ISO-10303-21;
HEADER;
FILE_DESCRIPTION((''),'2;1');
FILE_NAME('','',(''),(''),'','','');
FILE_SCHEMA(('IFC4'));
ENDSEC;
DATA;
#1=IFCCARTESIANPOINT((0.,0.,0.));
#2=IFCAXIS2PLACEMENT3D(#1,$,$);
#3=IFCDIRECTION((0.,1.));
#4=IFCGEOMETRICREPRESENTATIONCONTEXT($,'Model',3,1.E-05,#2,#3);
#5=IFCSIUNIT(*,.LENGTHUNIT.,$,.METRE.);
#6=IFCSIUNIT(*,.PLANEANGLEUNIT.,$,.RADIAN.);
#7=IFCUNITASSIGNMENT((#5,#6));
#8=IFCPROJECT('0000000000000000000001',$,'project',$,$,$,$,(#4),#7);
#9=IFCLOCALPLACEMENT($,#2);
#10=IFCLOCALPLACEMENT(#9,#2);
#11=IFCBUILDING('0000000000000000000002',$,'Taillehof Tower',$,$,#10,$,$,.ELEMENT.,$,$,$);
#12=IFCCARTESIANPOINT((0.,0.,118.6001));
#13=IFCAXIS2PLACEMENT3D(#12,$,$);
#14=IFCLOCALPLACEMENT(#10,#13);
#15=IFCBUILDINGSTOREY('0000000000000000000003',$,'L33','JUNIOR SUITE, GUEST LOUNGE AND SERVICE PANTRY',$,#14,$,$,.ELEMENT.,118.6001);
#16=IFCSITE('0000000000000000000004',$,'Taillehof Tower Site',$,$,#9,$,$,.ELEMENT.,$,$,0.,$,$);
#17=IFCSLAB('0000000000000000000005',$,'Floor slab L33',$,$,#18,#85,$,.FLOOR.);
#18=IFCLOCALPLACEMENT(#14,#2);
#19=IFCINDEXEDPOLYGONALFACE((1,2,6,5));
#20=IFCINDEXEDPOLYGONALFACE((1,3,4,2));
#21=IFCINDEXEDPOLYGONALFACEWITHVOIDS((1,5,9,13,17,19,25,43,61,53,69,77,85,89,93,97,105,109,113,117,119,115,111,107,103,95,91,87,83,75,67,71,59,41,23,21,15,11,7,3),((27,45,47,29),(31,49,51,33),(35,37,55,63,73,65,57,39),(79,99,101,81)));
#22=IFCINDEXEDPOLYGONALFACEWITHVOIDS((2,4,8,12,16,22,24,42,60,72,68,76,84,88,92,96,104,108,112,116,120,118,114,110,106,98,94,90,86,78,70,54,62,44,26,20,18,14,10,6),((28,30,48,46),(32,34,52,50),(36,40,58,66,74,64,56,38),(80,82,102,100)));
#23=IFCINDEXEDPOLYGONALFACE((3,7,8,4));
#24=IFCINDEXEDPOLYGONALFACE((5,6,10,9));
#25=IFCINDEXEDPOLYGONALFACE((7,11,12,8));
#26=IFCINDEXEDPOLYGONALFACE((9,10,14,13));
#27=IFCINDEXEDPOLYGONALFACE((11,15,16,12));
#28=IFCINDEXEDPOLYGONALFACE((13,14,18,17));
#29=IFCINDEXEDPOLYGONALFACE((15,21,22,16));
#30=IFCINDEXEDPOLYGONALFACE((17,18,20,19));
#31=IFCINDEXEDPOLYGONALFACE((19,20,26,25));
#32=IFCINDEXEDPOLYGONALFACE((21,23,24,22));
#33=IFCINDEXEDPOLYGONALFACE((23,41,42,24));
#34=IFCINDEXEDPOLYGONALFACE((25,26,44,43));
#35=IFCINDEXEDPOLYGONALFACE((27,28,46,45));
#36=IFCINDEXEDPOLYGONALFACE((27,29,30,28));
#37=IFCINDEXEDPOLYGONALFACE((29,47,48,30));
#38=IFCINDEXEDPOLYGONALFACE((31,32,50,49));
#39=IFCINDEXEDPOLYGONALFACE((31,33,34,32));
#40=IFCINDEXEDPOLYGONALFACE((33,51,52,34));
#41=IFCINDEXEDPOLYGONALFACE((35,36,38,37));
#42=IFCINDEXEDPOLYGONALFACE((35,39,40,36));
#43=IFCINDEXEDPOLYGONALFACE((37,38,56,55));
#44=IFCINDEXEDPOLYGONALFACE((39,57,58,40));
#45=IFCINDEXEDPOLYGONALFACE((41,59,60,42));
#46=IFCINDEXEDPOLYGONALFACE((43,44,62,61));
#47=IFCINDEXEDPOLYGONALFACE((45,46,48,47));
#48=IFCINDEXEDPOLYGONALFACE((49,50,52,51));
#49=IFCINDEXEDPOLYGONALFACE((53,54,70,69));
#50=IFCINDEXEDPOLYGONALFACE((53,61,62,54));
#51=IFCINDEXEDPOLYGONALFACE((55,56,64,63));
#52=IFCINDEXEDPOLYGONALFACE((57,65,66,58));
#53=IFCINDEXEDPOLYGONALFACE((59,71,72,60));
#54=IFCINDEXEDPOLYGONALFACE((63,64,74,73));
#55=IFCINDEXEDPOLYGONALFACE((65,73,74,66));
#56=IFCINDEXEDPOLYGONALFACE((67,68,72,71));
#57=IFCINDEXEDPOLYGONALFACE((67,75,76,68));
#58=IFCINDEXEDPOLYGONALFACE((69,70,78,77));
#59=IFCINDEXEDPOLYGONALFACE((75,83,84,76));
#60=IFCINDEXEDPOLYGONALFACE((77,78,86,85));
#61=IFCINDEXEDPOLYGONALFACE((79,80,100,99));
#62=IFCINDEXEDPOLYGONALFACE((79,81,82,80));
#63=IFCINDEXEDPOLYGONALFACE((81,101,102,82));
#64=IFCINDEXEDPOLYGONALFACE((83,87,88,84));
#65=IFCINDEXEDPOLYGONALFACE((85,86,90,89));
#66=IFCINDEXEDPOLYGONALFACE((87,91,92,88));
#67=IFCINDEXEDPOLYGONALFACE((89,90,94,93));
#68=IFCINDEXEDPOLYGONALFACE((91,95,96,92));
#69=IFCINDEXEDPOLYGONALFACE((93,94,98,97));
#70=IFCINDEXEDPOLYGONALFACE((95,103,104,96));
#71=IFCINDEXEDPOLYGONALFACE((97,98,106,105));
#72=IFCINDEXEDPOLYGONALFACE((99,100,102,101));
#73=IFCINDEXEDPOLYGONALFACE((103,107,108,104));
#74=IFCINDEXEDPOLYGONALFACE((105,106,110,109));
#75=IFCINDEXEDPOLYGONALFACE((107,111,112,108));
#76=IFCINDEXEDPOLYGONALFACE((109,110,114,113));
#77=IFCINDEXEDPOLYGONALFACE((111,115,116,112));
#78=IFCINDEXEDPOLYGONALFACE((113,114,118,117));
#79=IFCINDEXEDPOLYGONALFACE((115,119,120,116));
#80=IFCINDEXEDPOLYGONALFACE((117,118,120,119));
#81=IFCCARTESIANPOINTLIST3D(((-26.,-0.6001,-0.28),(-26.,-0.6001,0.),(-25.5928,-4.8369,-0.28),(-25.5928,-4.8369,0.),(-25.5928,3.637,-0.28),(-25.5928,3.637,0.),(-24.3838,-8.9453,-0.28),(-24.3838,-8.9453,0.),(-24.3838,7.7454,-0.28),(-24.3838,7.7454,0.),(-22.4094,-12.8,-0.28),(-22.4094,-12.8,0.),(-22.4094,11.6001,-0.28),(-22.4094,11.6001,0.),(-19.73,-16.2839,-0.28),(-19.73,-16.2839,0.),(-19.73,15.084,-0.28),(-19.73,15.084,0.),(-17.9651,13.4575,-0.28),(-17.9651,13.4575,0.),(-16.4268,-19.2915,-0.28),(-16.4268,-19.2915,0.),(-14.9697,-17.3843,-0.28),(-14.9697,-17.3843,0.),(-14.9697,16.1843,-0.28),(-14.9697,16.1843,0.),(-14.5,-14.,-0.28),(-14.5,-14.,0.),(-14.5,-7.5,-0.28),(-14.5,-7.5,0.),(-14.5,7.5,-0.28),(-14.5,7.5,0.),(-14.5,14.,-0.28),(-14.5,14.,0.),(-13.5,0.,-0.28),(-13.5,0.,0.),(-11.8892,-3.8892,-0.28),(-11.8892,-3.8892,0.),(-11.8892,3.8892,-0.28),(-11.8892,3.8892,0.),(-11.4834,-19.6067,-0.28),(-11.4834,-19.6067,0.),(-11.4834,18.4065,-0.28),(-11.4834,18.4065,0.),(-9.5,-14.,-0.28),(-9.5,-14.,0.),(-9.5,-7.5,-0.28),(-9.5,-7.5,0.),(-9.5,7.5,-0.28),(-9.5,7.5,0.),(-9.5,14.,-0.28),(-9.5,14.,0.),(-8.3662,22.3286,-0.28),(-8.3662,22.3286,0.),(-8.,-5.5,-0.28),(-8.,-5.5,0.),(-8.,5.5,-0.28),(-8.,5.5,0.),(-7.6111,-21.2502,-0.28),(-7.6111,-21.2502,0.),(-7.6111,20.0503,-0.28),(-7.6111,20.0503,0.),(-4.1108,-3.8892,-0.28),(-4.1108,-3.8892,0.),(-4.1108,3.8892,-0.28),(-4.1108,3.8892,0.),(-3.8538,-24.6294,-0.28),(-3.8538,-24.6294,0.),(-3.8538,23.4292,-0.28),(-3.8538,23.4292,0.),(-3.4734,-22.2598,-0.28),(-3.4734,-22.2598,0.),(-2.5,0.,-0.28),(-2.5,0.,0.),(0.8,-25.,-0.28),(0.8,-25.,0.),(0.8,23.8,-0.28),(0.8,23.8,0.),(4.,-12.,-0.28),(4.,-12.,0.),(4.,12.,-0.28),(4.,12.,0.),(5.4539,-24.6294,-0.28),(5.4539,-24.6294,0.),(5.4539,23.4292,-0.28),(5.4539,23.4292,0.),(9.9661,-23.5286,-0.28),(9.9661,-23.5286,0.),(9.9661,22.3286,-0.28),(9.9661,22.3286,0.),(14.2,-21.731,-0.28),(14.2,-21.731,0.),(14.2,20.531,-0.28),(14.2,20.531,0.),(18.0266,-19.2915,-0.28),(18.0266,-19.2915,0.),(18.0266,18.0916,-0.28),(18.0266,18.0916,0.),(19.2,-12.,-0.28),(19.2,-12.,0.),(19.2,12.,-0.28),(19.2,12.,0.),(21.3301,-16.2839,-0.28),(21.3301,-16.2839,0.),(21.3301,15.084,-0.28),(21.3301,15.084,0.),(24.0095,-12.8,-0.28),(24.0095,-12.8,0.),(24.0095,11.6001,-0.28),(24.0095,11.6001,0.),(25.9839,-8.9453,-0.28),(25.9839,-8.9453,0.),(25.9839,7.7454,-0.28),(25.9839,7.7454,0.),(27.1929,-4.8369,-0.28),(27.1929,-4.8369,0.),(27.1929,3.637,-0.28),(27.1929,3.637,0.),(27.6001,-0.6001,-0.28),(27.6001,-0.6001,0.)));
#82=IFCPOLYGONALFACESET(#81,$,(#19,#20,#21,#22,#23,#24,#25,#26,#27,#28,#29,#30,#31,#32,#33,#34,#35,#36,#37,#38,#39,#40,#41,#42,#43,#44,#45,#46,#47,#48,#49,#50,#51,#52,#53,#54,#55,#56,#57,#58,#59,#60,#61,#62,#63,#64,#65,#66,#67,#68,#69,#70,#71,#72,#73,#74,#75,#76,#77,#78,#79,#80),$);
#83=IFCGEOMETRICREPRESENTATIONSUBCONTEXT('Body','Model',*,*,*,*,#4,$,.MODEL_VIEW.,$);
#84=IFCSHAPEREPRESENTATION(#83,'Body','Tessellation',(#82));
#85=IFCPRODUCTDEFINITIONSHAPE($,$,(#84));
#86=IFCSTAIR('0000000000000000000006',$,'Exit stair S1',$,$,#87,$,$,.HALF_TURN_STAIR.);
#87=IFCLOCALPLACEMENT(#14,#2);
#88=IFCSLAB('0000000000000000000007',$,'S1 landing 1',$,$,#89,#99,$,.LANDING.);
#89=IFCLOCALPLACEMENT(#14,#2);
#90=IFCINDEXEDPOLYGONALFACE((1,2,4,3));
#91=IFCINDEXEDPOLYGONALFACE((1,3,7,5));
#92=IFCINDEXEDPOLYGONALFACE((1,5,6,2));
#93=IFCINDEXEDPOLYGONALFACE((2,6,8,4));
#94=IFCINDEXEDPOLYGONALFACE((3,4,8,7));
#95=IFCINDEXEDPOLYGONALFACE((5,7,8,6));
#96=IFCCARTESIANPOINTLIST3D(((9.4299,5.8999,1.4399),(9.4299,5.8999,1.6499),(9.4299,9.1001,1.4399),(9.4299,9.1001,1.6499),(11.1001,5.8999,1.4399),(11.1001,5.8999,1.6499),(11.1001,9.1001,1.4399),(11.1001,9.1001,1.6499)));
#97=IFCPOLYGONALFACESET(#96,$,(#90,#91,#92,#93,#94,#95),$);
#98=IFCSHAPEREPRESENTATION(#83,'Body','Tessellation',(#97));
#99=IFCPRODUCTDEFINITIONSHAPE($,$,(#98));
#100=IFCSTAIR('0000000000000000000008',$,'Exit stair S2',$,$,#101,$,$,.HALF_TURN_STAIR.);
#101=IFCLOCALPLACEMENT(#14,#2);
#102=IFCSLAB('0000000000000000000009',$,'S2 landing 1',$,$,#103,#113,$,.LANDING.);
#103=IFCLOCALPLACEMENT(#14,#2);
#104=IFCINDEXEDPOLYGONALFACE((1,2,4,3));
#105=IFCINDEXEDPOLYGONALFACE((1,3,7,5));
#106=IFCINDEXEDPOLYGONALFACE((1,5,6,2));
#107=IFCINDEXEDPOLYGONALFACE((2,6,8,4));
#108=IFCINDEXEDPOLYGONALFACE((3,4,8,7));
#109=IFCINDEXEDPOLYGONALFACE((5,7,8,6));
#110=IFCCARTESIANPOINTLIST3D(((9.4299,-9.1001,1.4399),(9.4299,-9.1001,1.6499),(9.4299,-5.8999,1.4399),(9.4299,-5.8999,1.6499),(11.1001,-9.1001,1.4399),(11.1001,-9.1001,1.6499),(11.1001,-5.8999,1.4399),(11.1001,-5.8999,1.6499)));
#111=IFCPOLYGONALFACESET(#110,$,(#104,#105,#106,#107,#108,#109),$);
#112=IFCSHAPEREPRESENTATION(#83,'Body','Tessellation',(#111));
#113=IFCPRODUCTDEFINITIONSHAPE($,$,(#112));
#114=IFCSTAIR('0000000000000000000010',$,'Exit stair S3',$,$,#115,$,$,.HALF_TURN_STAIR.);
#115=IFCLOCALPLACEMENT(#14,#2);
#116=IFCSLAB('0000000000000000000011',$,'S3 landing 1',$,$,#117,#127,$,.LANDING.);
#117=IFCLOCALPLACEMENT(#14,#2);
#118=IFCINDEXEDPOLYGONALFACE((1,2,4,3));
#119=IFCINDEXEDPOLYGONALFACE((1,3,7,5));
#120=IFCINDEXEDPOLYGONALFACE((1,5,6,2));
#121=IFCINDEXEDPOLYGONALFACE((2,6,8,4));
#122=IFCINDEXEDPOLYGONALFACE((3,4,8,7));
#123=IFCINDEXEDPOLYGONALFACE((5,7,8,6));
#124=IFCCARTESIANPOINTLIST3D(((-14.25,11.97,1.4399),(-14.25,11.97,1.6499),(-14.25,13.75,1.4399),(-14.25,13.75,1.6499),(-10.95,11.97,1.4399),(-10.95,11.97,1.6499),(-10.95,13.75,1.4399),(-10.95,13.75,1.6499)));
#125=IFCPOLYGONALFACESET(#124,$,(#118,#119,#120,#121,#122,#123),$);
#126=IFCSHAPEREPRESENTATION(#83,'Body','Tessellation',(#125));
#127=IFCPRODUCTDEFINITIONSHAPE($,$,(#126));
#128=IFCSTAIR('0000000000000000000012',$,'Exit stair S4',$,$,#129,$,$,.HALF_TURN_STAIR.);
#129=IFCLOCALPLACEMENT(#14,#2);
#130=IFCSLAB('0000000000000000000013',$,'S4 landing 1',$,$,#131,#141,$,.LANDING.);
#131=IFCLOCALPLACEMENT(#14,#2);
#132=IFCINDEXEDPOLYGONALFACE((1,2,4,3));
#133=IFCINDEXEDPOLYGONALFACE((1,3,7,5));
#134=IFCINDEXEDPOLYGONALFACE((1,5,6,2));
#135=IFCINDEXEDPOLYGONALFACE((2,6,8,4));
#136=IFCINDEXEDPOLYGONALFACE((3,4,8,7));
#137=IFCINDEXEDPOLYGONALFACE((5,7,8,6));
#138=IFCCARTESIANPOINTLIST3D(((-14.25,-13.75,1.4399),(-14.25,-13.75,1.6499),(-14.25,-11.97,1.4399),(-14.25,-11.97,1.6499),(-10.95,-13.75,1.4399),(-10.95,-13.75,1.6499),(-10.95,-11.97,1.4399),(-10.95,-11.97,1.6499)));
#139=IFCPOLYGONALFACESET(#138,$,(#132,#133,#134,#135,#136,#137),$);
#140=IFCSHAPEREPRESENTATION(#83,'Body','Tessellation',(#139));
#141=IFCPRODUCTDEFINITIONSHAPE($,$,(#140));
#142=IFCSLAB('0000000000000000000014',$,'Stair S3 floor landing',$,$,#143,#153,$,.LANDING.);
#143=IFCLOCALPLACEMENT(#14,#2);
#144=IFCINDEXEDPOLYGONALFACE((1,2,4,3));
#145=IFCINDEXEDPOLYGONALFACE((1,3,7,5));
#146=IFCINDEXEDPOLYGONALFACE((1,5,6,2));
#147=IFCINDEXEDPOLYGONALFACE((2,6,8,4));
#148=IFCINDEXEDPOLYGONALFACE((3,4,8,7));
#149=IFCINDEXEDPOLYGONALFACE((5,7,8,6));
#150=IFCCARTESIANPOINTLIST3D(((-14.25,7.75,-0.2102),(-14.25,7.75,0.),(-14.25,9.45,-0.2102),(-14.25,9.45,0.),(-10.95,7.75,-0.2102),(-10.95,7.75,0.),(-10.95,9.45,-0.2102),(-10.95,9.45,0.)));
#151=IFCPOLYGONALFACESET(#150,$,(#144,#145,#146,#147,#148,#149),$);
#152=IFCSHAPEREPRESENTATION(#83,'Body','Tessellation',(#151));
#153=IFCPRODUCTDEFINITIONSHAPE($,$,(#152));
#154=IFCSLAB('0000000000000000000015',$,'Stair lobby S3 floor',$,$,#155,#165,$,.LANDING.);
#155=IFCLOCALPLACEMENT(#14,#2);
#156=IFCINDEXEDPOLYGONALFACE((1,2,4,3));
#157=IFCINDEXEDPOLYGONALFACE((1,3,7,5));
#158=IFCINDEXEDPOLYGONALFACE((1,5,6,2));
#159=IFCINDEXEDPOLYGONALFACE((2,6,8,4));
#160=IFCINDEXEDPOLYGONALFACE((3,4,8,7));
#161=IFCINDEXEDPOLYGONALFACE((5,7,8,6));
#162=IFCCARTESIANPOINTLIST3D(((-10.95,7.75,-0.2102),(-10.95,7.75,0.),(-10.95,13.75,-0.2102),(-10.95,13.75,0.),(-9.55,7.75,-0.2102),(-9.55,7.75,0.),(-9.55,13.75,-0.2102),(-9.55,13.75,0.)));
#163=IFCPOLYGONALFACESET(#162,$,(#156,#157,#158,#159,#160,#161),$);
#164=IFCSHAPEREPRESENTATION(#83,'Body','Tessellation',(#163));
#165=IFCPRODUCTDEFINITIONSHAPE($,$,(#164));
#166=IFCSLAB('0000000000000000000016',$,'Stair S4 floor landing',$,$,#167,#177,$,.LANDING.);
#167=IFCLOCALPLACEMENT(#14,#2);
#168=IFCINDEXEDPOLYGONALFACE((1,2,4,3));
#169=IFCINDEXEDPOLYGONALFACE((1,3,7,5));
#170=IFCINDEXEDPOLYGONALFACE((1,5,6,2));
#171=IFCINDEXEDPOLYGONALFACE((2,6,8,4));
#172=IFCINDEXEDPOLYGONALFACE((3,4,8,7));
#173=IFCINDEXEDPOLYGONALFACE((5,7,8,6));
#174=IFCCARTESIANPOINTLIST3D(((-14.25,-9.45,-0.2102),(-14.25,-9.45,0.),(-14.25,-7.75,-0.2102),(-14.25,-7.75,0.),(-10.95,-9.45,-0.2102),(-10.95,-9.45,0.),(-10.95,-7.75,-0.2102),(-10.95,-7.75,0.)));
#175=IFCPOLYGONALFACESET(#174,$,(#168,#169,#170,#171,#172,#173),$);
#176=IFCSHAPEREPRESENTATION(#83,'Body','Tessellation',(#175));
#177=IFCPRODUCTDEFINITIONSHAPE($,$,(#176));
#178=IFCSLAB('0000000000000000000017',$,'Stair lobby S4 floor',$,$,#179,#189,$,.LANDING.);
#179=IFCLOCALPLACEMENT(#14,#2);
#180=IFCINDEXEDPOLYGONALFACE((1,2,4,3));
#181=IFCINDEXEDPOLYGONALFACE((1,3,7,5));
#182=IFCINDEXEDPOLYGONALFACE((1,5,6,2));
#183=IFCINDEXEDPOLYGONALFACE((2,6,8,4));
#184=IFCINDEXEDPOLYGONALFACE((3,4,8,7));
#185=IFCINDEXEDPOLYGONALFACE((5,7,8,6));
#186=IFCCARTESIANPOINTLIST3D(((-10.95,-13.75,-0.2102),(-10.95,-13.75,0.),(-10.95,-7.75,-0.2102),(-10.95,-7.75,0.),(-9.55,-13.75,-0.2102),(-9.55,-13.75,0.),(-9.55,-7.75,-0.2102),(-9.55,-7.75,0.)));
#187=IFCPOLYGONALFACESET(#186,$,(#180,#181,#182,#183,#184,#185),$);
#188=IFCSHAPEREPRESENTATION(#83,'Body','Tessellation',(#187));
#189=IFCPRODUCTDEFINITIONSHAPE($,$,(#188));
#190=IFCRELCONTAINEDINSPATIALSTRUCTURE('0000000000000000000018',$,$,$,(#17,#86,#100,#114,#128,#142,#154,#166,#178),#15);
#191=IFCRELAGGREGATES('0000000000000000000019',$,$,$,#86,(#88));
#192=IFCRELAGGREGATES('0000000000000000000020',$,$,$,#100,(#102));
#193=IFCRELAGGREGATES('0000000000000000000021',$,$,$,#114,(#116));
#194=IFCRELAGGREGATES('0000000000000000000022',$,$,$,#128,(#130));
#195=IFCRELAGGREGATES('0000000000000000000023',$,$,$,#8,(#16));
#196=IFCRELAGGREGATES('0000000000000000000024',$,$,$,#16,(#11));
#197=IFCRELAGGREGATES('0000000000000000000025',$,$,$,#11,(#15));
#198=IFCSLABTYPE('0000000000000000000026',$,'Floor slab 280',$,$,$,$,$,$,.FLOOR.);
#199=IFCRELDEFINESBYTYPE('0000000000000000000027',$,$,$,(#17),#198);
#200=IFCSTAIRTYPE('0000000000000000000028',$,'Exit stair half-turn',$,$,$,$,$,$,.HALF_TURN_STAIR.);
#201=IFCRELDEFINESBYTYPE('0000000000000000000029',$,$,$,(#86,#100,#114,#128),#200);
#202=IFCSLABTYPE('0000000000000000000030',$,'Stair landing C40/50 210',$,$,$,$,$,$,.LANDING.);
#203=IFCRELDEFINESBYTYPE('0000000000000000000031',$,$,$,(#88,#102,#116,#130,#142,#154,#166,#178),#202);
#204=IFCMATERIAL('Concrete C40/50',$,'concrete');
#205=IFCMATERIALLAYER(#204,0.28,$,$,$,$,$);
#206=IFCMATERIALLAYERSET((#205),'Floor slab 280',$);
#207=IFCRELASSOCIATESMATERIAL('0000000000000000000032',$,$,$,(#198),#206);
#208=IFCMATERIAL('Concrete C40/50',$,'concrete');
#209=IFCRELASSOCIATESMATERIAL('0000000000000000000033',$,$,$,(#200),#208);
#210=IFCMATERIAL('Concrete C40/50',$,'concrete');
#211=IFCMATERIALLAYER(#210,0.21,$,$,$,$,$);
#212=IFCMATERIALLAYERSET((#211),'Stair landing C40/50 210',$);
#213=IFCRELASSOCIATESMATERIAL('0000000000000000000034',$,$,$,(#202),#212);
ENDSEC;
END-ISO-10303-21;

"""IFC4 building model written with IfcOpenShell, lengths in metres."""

from ifc_helpers import new_model, si_unit, direction, frame, origin, place, context, subcontext, project, spatial, polyline, outline, extrude, material, layer, layer_set, type_object, element, aggregate, save


model = new_model("IFC4")

# Units and contexts
model_context = context("Model", 3, precision=1e-05, world=origin(), true_north=direction((0.0, 1.0)))
body_context = subcontext(model_context, "Body", "Model", "MODEL_VIEW")
ifc_project = project(units=[si_unit("LENGTHUNIT", "METRE"), si_unit("PLANEANGLEUNIT", "RADIAN")], contexts=[model_context])

# Site, building, storey
site_placement = place(None, origin())
site = spatial("IfcSite", under=ifc_project, at=site_placement, Name="Taillehof Tower Site", CompositionType="ELEMENT", RefElevation=0.0)
building_placement = place(site_placement, origin())
building = spatial("IfcBuilding", under=site, at=building_placement, Name="Taillehof Tower", CompositionType="ELEMENT")
storey_placement = place(building_placement, frame((0.0, 0.0, 118.6001)))
storey = spatial("IfcBuildingStorey", under=building, at=storey_placement, Name="L33", Description="JUNIOR SUITE, GUEST LOUNGE AND SERVICE PANTRY", CompositionType="ELEMENT", Elevation=118.6001)

# Slab
ifc_material_1 = material(Name="Concrete C40/50", Category="concrete")
ifc_layer_1 = layer(ifc_material_1, 0.28)
ifc_layer_set_1 = layer_set([ifc_layer_1], Name="Floor slab 280")
slab_type_1 = type_object("IfcSlabType", Name="Floor slab 280", PredefinedType="FLOOR", material=ifc_layer_set_1)
slab_1_placement = place(storey_placement, frame((0.0, 0.0, -0.28)))
element("IfcSlab", 1, at=slab_1_placement, inside=storey, type_object=slab_type_1, Name="Floor slab L33", PredefinedType="FLOOR", context=body_context, shape_type="SweptSolid", body=[
    extrude(outline(polyline([(27.6001, -0.6001), (27.1929, 3.637), (25.9839, 7.7454), (24.0095, 11.6001), (21.3301, 15.084), (18.0266, 18.0916), (14.2, 20.531), (9.9661, 22.3286), (5.4539, 23.4292), (0.8, 23.8), (-3.8538, 23.4292), (-8.3662, 22.3286), (-7.6111, 20.0503), (-11.4834, 18.4065), (-14.9697, 16.1843), (-17.9651, 13.4575), (-19.73, 15.084), (-22.4094, 11.6001), (-24.3838, 7.7454), (-25.5928, 3.637), (-26.0, -0.6001), (-25.5928, -4.8369), (-24.3838, -8.9453), (-22.4094, -12.8), (-19.73, -16.2839), (-16.4268, -19.2915), (-14.9697, -17.3843), (-11.4834, -19.6067), (-7.6111, -21.2502), (-3.4734, -22.2598), (-3.8538, -24.6294), (0.8, -25.0), (5.4539, -24.6294), (9.9661, -23.5286), (14.2, -21.731), (18.0266, -19.2915), (21.3301, -16.2839), (24.0095, -12.8), (25.9839, -8.9453), (27.1929, -4.8369), (27.6001, -0.6001)]), holes=[polyline([(-14.5, -7.5), (-9.5, -7.5), (-9.5, -14.0), (-14.5, -14.0), (-14.5, -7.5)]), polyline([(-8.0, -5.5), (-11.8892, -3.8892), (-13.5, 0.0), (-11.8892, 3.8892), (-8.0, 5.5), (-4.1108, 3.8892), (-2.5, 0.0), (-4.1108, -3.8892), (-8.0, -5.5)]), polyline([(19.2, 12.0), (19.2, -12.0), (4.0, -12.0), (4.0, 12.0), (19.2, 12.0)]), polyline([(-14.5, 14.0), (-9.5, 14.0), (-9.5, 7.5), (-14.5, 7.5), (-14.5, 14.0)])]), origin(), (0.0, 0.0, 1.0), 0.28),
])

# Stairs, slabs
ifc_material_2 = material(Name="Concrete C40/50", Category="concrete")
stair_type = type_object("IfcStairType", Name="Exit stair half-turn", PredefinedType="HALF_TURN_STAIR", material=ifc_material_2)
stair_1_placement = place(storey_placement, origin())
stair_1 = element("IfcStair", 2, at=stair_1_placement, inside=storey, type_object=stair_type, Name="Exit stair S1", PredefinedType="HALF_TURN_STAIR")
ifc_material_3 = material(Name="Concrete C40/50", Category="concrete")
ifc_layer_2 = layer(ifc_material_3, 0.21)
ifc_layer_set_2 = layer_set([ifc_layer_2], Name="Stair landing C40/50 210")
slab_type_2 = type_object("IfcSlabType", Name="Stair landing C40/50 210", PredefinedType="LANDING", material=ifc_layer_set_2)
slab_2_placement = place(storey_placement, frame((0.0, 0.0, 1.4399)))
slab_2 = element("IfcSlab", 3, at=slab_2_placement, type_object=slab_type_2, Name="S1 landing 1", PredefinedType="LANDING", context=body_context, shape_type="SweptSolid", body=[
    extrude(outline(polyline([(9.4299, 5.8999), (11.1001, 5.8999), (11.1001, 9.1001), (9.4299, 9.1001), (9.4299, 5.8999)])), origin(), (0.0, 0.0, 1.0), 0.21),
])
aggregate(stair_1, [slab_2])
stair_2_placement = place(storey_placement, origin())
stair_2 = element("IfcStair", 4, at=stair_2_placement, inside=storey, type_object=stair_type, Name="Exit stair S2", PredefinedType="HALF_TURN_STAIR")
slab_3_placement = place(storey_placement, frame((0.0, 0.0, 1.4399)))
slab_3 = element("IfcSlab", 5, at=slab_3_placement, type_object=slab_type_2, Name="S2 landing 1", PredefinedType="LANDING", context=body_context, shape_type="SweptSolid", body=[
    extrude(outline(polyline([(9.4299, -5.8999), (11.1001, -5.8999), (11.1001, -9.1001), (9.4299, -9.1001), (9.4299, -5.8999)])), origin(), (0.0, 0.0, 1.0), 0.21),
])
aggregate(stair_2, [slab_3])
stair_3_placement = place(storey_placement, origin())
stair_3 = element("IfcStair", 6, at=stair_3_placement, inside=storey, type_object=stair_type, Name="Exit stair S3", PredefinedType="HALF_TURN_STAIR")
slab_4_placement = place(storey_placement, frame((0.0, 0.0, 1.4399)))
slab_4 = element("IfcSlab", 7, at=slab_4_placement, type_object=slab_type_2, Name="S3 landing 1", PredefinedType="LANDING", context=body_context, shape_type="SweptSolid", body=[
    extrude(outline(polyline([(-14.25, 11.97), (-14.25, 13.75), (-10.95, 13.75), (-10.95, 11.97), (-14.25, 11.97)])), origin(), (0.0, 0.0, 1.0), 0.21),
])
aggregate(stair_3, [slab_4])
stair_4_placement = place(storey_placement, origin())
stair_4 = element("IfcStair", 8, at=stair_4_placement, inside=storey, type_object=stair_type, Name="Exit stair S4", PredefinedType="HALF_TURN_STAIR")
slab_5_placement = place(storey_placement, frame((0.0, 0.0, 1.4399)))
slab_5 = element("IfcSlab", 9, at=slab_5_placement, type_object=slab_type_2, Name="S4 landing 1", PredefinedType="LANDING", context=body_context, shape_type="SweptSolid", body=[
    extrude(outline(polyline([(-14.25, -11.97), (-14.25, -13.75), (-10.95, -13.75), (-10.95, -11.97), (-14.25, -11.97)])), origin(), (0.0, 0.0, 1.0), 0.21),
])
aggregate(stair_4, [slab_5])

# Slabs
slab_6_placement = place(storey_placement, frame((0.0, 0.0, -0.2102)))
element("IfcSlab", 10, at=slab_6_placement, inside=storey, type_object=slab_type_2, Name="Stair S3 floor landing", PredefinedType="LANDING", context=body_context, shape_type="SweptSolid", body=[
    extrude(outline(polyline([(-14.25, 7.75), (-14.25, 9.45), (-10.95, 9.45), (-10.95, 7.75), (-14.25, 7.75)])), origin(), (0.0, 0.0, 1.0), 0.2102),
])
slab_7_placement = place(storey_placement, frame((0.0, 0.0, -0.2102)))
element("IfcSlab", 11, at=slab_7_placement, inside=storey, type_object=slab_type_2, Name="Stair lobby S3 floor", PredefinedType="LANDING", context=body_context, shape_type="SweptSolid", body=[
    extrude(outline(polyline([(-10.95, 7.75), (-9.55, 7.75), (-9.55, 13.75), (-10.95, 13.75), (-10.95, 7.75)])), origin(), (0.0, 0.0, 1.0), 0.2102),
])
slab_8_placement = place(storey_placement, frame((0.0, 0.0, -0.2102)))
element("IfcSlab", 12, at=slab_8_placement, inside=storey, type_object=slab_type_2, Name="Stair S4 floor landing", PredefinedType="LANDING", context=body_context, shape_type="SweptSolid", body=[
    extrude(outline(polyline([(-14.25, -7.75), (-14.25, -9.45), (-10.95, -9.45), (-10.95, -7.75), (-14.25, -7.75)])), origin(), (0.0, 0.0, 1.0), 0.2102),
])
slab_9_placement = place(storey_placement, frame((0.0, 0.0, -0.2102)))
element("IfcSlab", 13, at=slab_9_placement, inside=storey, type_object=slab_type_2, Name="Stair lobby S4 floor", PredefinedType="LANDING", context=body_context, shape_type="SweptSolid", body=[
    extrude(outline(polyline([(-10.95, -13.75), (-9.55, -13.75), (-9.55, -7.75), (-10.95, -7.75), (-10.95, -13.75)])), origin(), (0.0, 0.0, 1.0), 0.2102),
])

save(model, "model.ifc")
